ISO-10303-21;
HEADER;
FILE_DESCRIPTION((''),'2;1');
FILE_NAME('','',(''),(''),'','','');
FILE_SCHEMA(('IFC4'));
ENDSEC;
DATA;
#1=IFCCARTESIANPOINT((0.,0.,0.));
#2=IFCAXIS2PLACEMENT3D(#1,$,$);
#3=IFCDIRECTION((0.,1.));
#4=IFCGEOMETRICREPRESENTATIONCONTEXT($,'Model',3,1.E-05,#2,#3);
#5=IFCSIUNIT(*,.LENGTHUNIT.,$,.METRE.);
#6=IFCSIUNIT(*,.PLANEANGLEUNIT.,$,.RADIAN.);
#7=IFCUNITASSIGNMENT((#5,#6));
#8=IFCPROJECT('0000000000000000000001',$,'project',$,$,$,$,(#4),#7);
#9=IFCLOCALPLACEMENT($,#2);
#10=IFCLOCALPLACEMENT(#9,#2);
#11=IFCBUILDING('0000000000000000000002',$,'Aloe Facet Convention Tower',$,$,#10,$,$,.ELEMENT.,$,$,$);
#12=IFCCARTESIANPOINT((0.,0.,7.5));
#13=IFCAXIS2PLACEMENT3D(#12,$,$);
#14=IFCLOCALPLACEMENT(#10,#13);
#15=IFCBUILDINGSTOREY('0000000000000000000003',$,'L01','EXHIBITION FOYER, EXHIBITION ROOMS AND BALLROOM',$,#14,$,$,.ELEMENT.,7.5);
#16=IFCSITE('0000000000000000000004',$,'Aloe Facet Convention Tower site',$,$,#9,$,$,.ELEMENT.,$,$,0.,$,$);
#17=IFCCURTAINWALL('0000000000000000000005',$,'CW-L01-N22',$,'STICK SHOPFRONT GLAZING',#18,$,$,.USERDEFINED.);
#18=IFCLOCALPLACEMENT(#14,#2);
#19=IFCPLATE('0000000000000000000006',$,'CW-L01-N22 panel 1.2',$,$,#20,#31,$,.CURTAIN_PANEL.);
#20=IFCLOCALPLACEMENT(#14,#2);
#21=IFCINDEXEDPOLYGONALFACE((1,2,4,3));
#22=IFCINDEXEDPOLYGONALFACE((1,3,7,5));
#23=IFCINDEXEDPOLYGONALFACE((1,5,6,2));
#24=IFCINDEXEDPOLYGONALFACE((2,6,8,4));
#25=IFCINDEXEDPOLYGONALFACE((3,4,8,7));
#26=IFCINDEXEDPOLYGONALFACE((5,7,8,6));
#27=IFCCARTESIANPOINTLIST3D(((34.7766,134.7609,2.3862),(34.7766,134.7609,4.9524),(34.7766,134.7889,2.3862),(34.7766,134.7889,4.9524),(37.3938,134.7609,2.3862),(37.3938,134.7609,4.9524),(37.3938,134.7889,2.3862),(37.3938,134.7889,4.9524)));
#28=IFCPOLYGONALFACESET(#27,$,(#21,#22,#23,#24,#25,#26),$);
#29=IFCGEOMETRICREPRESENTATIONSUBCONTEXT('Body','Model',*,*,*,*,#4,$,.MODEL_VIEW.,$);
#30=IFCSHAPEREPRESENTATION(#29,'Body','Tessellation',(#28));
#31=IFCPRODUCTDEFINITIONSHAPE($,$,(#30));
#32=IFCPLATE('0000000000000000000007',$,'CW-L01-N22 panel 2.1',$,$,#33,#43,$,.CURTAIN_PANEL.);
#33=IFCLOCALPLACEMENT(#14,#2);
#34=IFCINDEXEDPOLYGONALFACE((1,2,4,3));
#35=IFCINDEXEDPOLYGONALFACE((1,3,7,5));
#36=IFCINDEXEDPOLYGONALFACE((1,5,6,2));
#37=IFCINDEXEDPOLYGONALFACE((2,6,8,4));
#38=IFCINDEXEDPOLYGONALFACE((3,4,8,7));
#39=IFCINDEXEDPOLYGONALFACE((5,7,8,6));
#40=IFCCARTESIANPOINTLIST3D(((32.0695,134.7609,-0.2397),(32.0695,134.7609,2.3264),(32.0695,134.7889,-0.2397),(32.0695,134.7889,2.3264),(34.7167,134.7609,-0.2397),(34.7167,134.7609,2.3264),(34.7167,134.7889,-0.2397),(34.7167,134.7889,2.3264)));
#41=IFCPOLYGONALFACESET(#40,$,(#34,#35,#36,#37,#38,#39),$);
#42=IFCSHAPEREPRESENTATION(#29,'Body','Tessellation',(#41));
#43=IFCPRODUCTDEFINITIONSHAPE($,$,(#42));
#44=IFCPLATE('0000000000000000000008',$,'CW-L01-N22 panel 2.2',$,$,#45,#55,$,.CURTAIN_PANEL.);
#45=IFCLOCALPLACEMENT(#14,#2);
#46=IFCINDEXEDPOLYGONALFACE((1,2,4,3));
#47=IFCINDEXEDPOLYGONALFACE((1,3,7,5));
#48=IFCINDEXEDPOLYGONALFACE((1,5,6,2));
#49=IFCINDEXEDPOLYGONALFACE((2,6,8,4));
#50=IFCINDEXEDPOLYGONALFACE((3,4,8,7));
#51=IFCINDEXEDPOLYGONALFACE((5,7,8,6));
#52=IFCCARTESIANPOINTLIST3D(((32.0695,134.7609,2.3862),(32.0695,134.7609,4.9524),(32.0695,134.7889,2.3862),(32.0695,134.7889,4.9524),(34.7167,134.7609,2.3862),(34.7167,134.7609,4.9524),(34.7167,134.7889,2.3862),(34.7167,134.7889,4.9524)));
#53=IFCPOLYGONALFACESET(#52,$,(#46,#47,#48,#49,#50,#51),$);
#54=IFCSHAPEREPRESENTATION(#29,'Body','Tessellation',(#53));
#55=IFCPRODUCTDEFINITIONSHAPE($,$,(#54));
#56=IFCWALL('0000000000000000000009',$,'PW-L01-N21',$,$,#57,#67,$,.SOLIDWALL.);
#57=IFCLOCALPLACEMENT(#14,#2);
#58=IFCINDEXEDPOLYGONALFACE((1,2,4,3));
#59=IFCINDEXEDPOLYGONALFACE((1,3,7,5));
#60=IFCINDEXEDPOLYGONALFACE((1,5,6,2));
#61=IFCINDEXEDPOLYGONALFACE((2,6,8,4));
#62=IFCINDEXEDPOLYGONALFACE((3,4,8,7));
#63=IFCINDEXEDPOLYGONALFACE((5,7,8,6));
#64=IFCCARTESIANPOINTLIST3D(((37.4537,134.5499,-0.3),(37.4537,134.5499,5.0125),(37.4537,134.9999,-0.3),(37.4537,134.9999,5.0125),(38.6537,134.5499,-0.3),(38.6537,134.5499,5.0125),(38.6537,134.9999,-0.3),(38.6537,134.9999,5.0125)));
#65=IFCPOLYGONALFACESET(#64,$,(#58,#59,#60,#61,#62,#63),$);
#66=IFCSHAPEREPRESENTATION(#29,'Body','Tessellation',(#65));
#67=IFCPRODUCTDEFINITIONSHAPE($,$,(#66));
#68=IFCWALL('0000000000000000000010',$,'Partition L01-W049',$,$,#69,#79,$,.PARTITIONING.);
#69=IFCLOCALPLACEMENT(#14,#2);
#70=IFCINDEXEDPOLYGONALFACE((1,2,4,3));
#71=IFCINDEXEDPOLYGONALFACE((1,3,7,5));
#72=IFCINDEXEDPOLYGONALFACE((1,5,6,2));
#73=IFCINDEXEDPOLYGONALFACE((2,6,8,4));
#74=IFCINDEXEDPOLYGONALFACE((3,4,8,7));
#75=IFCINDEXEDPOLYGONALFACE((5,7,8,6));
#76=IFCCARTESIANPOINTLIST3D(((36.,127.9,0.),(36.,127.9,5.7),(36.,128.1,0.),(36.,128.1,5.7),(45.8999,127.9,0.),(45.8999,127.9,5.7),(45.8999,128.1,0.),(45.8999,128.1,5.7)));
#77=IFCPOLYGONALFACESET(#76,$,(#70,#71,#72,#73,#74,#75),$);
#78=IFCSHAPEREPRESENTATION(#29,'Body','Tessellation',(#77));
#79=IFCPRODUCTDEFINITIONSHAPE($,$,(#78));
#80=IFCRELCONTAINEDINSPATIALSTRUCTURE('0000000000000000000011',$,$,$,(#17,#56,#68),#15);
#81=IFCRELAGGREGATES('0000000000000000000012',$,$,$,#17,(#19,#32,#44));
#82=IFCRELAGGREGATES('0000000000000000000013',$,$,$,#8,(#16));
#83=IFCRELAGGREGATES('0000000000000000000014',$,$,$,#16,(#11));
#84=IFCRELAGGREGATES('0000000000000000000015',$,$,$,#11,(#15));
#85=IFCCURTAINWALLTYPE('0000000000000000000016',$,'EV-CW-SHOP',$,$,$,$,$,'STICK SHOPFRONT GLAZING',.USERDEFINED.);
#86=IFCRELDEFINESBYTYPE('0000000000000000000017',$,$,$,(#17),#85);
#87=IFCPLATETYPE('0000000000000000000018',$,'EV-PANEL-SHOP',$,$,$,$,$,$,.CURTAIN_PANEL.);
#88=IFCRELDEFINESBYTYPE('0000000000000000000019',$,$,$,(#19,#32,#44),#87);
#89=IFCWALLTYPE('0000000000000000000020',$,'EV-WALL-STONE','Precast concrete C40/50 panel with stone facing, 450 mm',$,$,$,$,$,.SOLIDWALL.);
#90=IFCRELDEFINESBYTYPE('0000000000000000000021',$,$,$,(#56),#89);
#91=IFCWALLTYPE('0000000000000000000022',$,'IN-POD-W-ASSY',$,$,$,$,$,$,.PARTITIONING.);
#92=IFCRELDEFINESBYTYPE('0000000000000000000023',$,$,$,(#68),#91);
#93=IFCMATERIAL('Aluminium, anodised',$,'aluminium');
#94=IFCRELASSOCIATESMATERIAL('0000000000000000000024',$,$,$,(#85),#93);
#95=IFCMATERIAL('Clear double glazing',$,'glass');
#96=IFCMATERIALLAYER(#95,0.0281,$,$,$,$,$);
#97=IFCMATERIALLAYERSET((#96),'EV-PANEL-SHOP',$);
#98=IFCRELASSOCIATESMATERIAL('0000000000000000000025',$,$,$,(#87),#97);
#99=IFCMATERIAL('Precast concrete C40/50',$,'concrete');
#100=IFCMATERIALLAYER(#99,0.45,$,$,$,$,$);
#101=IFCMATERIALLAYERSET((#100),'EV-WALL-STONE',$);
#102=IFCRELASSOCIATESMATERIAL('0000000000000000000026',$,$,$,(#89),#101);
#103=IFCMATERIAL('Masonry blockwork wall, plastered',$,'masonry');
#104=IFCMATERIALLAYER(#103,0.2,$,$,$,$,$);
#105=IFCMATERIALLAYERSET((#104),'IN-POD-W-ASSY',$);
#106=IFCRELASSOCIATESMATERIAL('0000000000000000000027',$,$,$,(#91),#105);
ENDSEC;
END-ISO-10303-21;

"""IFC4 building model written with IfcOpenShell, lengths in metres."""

from ifc_helpers import new_model, si_unit, direction, frame, frame_2d, origin, origin_2d, place, context, subcontext, project, spatial, rectangle, extrude, material, layer, layer_set, type_object, element, aggregate, save


model = new_model("IFC4")

# Units and contexts
model_context = context("Model", 3, precision=1e-05, world=origin(), true_north=direction((0.0, 1.0)))
body_context = subcontext(model_context, "Body", "Model", "MODEL_VIEW")
ifc_project = project(units=[si_unit("LENGTHUNIT", "METRE"), si_unit("PLANEANGLEUNIT", "RADIAN")], contexts=[model_context])

# Site, building, storey
site_placement = place(None, origin())
site = spatial("IfcSite", under=ifc_project, at=site_placement, Name="Aloe Facet Convention Tower site", CompositionType="ELEMENT", RefElevation=0.0)
building_placement = place(site_placement, origin())
building = spatial("IfcBuilding", under=site, at=building_placement, Name="Aloe Facet Convention Tower", CompositionType="ELEMENT")
storey_placement = place(building_placement, frame((0.0, 0.0, 7.5)))
storey = spatial("IfcBuildingStorey", under=building, at=storey_placement, Name="L01", Description="EXHIBITION FOYER, EXHIBITION ROOMS AND BALLROOM", CompositionType="ELEMENT", Elevation=7.5)

# Curtain wall
ifc_material_1 = material(Name="Aluminium, anodised", Category="aluminium")
curtain_wall_type = type_object("IfcCurtainWallType", Name="EV-CW-SHOP", ElementType="STICK SHOPFRONT GLAZING", PredefinedType="USERDEFINED", material=ifc_material_1)
curtain_wall_1_placement = place(storey_placement, origin())
curtain_wall_1 = element("IfcCurtainWall", 1, at=curtain_wall_1_placement, inside=storey, type_object=curtain_wall_type, Name="CW-L01-N22", ObjectType="STICK SHOPFRONT GLAZING", PredefinedType="USERDEFINED")

# Plates
ifc_material_2 = material(Name="Clear double glazing", Category="glass")
ifc_layer_1 = layer(ifc_material_2, 0.0281)
ifc_layer_set_1 = layer_set([ifc_layer_1], Name="EV-PANEL-SHOP")
plate_type = type_object("IfcPlateType", Name="EV-PANEL-SHOP", PredefinedType="CURTAIN_PANEL", material=ifc_layer_set_1)
plate_1_placement = place(storey_placement, frame((36.0852, 134.7749, 2.3862), z_axis=(0.0, 0.0, 1.0), x_axis=(-1.0, 0.0, 0.0)))
plate_1 = element("IfcPlate", 2, at=plate_1_placement, type_object=plate_type, Name="CW-L01-N22 panel 1.2", PredefinedType="CURTAIN_PANEL", context=body_context, shape_type="SweptSolid", body=[
    extrude(rectangle(XDim=2.6172, YDim=0.0281, at=origin_2d()), origin(), (0.0, 0.0, 1.0), 2.5662),
])
plate_2_placement = place(storey_placement, frame((33.3931, 134.7749, -0.2397), z_axis=(0.0, 0.0, 1.0), x_axis=(-1.0, 0.0, 0.0)))
plate_2 = element("IfcPlate", 3, at=plate_2_placement, type_object=plate_type, Name="CW-L01-N22 panel 2.1", PredefinedType="CURTAIN_PANEL", context=body_context, shape_type="SweptSolid", body=[
    extrude(rectangle(XDim=2.6472, YDim=0.0281, at=origin_2d()), origin(), (0.0, 0.0, 1.0), 2.5662),
])
plate_3_placement = place(storey_placement, frame((33.3931, 134.7749, 2.3862), z_axis=(0.0, 0.0, 1.0), x_axis=(-1.0, 0.0, 0.0)))
plate_3 = element("IfcPlate", 4, at=plate_3_placement, type_object=plate_type, Name="CW-L01-N22 panel 2.2", PredefinedType="CURTAIN_PANEL", context=body_context, shape_type="SweptSolid", body=[
    extrude(rectangle(XDim=2.6472, YDim=0.0281, at=origin_2d()), origin(), (0.0, 0.0, 1.0), 2.5662),
])
aggregate(curtain_wall_1, [plate_1, plate_2, plate_3])

# Walls
ifc_material_3 = material(Name="Precast concrete C40/50", Category="concrete")
ifc_layer_2 = layer(ifc_material_3, 0.45)
ifc_layer_set_2 = layer_set([ifc_layer_2], Name="EV-WALL-STONE")
wall_type_1 = type_object("IfcWallType", Name="EV-WALL-STONE", Description="Precast concrete C40/50 panel with stone facing, 450 mm", PredefinedType="SOLIDWALL", material=ifc_layer_set_2)
wall_1_placement = place(storey_placement, frame((38.6538, 134.7749, -0.3), z_axis=(0.0, 0.0, 1.0), x_axis=(-1.0, 0.0, 0.0)))
element("IfcWall", 5, at=wall_1_placement, inside=storey, type_object=wall_type_1, Name="PW-L01-N21", PredefinedType="SOLIDWALL", context=body_context, shape_type="SweptSolid", body=[
    extrude(rectangle(XDim=1.2, YDim=0.45, at=frame_2d((0.6001, 0.0))), origin(), (0.0, 0.0, 1.0), 5.3125),
])
ifc_material_4 = material(Name="Masonry blockwork wall, plastered", Category="masonry")
ifc_layer_3 = layer(ifc_material_4, 0.2)
ifc_layer_set_3 = layer_set([ifc_layer_3], Name="IN-POD-W-ASSY")
wall_type_2 = type_object("IfcWallType", Name="IN-POD-W-ASSY", PredefinedType="PARTITIONING", material=ifc_layer_set_3)
wall_2_placement = place(storey_placement, frame((36.0, 128.0, 0.0), z_axis=(0.0, 0.0, 1.0), x_axis=(1.0, 0.0, 0.0)))
element("IfcWall", 6, at=wall_2_placement, inside=storey, type_object=wall_type_2, Name="Partition L01-W049", PredefinedType="PARTITIONING", context=body_context, shape_type="SweptSolid", body=[
    extrude(rectangle(XDim=9.8999, YDim=0.2, at=frame_2d((4.95, 0.0))), origin(), (0.0, 0.0, 1.0), 5.7),
])

save(model, "model.ifc")
